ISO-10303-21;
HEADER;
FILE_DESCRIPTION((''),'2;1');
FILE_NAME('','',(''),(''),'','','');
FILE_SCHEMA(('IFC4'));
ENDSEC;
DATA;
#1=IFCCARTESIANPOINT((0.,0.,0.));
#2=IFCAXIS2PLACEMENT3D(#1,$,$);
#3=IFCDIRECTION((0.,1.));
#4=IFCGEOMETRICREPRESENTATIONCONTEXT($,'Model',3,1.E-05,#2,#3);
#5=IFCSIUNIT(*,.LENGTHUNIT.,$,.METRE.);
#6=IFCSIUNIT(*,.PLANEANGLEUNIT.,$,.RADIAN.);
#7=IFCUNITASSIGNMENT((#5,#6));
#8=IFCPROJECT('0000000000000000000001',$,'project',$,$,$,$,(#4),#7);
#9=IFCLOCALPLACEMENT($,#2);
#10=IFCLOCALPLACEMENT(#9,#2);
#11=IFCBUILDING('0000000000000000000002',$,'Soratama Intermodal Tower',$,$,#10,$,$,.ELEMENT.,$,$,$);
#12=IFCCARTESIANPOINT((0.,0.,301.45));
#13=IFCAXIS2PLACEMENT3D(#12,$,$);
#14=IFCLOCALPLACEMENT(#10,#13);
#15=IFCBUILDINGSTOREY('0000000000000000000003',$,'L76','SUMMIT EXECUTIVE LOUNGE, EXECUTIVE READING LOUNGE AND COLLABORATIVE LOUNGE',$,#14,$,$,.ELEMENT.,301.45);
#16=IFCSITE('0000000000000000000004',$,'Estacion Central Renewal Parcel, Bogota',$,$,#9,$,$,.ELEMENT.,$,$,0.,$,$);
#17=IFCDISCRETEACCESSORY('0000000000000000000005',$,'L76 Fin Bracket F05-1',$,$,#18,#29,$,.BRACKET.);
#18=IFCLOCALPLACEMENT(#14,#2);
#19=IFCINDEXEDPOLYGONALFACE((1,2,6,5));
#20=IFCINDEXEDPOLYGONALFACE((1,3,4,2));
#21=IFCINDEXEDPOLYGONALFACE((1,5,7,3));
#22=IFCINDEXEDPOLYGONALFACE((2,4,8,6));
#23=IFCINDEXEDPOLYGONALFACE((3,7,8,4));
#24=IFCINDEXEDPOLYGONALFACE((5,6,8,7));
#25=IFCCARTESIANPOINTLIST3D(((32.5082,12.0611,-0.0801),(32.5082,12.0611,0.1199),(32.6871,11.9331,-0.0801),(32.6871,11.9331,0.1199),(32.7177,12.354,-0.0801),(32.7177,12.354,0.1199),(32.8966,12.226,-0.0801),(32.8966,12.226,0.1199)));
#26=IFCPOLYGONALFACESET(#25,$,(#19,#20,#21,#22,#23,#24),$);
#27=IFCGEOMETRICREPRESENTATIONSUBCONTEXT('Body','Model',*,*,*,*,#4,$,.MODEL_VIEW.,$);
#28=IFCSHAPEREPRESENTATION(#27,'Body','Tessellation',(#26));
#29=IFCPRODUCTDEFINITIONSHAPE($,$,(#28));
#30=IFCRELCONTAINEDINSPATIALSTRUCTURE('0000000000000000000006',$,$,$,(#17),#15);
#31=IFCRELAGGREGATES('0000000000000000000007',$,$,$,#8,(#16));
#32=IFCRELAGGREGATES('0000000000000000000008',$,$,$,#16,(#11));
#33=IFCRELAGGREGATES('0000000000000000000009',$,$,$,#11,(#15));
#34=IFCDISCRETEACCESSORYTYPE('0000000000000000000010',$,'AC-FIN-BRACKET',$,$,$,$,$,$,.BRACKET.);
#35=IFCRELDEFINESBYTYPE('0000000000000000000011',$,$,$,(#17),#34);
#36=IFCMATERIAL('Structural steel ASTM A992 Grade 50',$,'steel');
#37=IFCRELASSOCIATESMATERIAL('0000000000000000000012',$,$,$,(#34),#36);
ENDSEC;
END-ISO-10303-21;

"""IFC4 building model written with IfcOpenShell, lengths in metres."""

from ifc_helpers import new_model, si_unit, direction, frame, origin, origin_2d, place, context, subcontext, project, spatial, rectangle, extrude, material, type_object, element, save


model = new_model("IFC4")

# Units and contexts
model_context = context("Model", 3, precision=1e-05, world=origin(), true_north=direction((0.0, 1.0)))
body_context = subcontext(model_context, "Body", "Model", "MODEL_VIEW")
ifc_project = project(units=[si_unit("LENGTHUNIT", "METRE"), si_unit("PLANEANGLEUNIT", "RADIAN")], contexts=[model_context])

# Site, building, storey
site_placement = place(None, origin())
site = spatial("IfcSite", under=ifc_project, at=site_placement, Name="Estacion Central Renewal Parcel, Bogota", CompositionType="ELEMENT", RefElevation=0.0)
building_placement = place(site_placement, origin())
building = spatial("IfcBuilding", under=site, at=building_placement, Name="Soratama Intermodal Tower", CompositionType="ELEMENT")
storey_placement = place(building_placement, frame((0.0, 0.0, 301.45)))
storey = spatial("IfcBuildingStorey", under=building, at=storey_placement, Name="L76", Description="SUMMIT EXECUTIVE LOUNGE, EXECUTIVE READING LOUNGE AND COLLABORATIVE LOUNGE", CompositionType="ELEMENT", Elevation=301.45)

# Discrete accessory
ifc_material_1 = material(Name="Structural steel ASTM A992 Grade 50", Category="steel")
discrete_accessory_type = type_object("IfcDiscreteAccessoryType", Name="AC-FIN-BRACKET", PredefinedType="BRACKET", material=ifc_material_1)
discrete_accessory_placement = place(storey_placement, frame((32.7024, 12.1436, -0.0801), z_axis=(0.0, 0.0, 1.0), x_axis=(-0.581839, -0.813304, 0.0)))
element("IfcDiscreteAccessory", 1, at=discrete_accessory_placement, inside=storey, type_object=discrete_accessory_type, Name="L76 Fin Bracket F05-1", PredefinedType="BRACKET", context=body_context, shape_type="SweptSolid", body=[
    extrude(rectangle(XDim=0.3601, YDim=0.22, at=origin_2d()), origin(), (0.0, 0.0, 1.0), 0.2),
])

save(model, "model.ifc")
